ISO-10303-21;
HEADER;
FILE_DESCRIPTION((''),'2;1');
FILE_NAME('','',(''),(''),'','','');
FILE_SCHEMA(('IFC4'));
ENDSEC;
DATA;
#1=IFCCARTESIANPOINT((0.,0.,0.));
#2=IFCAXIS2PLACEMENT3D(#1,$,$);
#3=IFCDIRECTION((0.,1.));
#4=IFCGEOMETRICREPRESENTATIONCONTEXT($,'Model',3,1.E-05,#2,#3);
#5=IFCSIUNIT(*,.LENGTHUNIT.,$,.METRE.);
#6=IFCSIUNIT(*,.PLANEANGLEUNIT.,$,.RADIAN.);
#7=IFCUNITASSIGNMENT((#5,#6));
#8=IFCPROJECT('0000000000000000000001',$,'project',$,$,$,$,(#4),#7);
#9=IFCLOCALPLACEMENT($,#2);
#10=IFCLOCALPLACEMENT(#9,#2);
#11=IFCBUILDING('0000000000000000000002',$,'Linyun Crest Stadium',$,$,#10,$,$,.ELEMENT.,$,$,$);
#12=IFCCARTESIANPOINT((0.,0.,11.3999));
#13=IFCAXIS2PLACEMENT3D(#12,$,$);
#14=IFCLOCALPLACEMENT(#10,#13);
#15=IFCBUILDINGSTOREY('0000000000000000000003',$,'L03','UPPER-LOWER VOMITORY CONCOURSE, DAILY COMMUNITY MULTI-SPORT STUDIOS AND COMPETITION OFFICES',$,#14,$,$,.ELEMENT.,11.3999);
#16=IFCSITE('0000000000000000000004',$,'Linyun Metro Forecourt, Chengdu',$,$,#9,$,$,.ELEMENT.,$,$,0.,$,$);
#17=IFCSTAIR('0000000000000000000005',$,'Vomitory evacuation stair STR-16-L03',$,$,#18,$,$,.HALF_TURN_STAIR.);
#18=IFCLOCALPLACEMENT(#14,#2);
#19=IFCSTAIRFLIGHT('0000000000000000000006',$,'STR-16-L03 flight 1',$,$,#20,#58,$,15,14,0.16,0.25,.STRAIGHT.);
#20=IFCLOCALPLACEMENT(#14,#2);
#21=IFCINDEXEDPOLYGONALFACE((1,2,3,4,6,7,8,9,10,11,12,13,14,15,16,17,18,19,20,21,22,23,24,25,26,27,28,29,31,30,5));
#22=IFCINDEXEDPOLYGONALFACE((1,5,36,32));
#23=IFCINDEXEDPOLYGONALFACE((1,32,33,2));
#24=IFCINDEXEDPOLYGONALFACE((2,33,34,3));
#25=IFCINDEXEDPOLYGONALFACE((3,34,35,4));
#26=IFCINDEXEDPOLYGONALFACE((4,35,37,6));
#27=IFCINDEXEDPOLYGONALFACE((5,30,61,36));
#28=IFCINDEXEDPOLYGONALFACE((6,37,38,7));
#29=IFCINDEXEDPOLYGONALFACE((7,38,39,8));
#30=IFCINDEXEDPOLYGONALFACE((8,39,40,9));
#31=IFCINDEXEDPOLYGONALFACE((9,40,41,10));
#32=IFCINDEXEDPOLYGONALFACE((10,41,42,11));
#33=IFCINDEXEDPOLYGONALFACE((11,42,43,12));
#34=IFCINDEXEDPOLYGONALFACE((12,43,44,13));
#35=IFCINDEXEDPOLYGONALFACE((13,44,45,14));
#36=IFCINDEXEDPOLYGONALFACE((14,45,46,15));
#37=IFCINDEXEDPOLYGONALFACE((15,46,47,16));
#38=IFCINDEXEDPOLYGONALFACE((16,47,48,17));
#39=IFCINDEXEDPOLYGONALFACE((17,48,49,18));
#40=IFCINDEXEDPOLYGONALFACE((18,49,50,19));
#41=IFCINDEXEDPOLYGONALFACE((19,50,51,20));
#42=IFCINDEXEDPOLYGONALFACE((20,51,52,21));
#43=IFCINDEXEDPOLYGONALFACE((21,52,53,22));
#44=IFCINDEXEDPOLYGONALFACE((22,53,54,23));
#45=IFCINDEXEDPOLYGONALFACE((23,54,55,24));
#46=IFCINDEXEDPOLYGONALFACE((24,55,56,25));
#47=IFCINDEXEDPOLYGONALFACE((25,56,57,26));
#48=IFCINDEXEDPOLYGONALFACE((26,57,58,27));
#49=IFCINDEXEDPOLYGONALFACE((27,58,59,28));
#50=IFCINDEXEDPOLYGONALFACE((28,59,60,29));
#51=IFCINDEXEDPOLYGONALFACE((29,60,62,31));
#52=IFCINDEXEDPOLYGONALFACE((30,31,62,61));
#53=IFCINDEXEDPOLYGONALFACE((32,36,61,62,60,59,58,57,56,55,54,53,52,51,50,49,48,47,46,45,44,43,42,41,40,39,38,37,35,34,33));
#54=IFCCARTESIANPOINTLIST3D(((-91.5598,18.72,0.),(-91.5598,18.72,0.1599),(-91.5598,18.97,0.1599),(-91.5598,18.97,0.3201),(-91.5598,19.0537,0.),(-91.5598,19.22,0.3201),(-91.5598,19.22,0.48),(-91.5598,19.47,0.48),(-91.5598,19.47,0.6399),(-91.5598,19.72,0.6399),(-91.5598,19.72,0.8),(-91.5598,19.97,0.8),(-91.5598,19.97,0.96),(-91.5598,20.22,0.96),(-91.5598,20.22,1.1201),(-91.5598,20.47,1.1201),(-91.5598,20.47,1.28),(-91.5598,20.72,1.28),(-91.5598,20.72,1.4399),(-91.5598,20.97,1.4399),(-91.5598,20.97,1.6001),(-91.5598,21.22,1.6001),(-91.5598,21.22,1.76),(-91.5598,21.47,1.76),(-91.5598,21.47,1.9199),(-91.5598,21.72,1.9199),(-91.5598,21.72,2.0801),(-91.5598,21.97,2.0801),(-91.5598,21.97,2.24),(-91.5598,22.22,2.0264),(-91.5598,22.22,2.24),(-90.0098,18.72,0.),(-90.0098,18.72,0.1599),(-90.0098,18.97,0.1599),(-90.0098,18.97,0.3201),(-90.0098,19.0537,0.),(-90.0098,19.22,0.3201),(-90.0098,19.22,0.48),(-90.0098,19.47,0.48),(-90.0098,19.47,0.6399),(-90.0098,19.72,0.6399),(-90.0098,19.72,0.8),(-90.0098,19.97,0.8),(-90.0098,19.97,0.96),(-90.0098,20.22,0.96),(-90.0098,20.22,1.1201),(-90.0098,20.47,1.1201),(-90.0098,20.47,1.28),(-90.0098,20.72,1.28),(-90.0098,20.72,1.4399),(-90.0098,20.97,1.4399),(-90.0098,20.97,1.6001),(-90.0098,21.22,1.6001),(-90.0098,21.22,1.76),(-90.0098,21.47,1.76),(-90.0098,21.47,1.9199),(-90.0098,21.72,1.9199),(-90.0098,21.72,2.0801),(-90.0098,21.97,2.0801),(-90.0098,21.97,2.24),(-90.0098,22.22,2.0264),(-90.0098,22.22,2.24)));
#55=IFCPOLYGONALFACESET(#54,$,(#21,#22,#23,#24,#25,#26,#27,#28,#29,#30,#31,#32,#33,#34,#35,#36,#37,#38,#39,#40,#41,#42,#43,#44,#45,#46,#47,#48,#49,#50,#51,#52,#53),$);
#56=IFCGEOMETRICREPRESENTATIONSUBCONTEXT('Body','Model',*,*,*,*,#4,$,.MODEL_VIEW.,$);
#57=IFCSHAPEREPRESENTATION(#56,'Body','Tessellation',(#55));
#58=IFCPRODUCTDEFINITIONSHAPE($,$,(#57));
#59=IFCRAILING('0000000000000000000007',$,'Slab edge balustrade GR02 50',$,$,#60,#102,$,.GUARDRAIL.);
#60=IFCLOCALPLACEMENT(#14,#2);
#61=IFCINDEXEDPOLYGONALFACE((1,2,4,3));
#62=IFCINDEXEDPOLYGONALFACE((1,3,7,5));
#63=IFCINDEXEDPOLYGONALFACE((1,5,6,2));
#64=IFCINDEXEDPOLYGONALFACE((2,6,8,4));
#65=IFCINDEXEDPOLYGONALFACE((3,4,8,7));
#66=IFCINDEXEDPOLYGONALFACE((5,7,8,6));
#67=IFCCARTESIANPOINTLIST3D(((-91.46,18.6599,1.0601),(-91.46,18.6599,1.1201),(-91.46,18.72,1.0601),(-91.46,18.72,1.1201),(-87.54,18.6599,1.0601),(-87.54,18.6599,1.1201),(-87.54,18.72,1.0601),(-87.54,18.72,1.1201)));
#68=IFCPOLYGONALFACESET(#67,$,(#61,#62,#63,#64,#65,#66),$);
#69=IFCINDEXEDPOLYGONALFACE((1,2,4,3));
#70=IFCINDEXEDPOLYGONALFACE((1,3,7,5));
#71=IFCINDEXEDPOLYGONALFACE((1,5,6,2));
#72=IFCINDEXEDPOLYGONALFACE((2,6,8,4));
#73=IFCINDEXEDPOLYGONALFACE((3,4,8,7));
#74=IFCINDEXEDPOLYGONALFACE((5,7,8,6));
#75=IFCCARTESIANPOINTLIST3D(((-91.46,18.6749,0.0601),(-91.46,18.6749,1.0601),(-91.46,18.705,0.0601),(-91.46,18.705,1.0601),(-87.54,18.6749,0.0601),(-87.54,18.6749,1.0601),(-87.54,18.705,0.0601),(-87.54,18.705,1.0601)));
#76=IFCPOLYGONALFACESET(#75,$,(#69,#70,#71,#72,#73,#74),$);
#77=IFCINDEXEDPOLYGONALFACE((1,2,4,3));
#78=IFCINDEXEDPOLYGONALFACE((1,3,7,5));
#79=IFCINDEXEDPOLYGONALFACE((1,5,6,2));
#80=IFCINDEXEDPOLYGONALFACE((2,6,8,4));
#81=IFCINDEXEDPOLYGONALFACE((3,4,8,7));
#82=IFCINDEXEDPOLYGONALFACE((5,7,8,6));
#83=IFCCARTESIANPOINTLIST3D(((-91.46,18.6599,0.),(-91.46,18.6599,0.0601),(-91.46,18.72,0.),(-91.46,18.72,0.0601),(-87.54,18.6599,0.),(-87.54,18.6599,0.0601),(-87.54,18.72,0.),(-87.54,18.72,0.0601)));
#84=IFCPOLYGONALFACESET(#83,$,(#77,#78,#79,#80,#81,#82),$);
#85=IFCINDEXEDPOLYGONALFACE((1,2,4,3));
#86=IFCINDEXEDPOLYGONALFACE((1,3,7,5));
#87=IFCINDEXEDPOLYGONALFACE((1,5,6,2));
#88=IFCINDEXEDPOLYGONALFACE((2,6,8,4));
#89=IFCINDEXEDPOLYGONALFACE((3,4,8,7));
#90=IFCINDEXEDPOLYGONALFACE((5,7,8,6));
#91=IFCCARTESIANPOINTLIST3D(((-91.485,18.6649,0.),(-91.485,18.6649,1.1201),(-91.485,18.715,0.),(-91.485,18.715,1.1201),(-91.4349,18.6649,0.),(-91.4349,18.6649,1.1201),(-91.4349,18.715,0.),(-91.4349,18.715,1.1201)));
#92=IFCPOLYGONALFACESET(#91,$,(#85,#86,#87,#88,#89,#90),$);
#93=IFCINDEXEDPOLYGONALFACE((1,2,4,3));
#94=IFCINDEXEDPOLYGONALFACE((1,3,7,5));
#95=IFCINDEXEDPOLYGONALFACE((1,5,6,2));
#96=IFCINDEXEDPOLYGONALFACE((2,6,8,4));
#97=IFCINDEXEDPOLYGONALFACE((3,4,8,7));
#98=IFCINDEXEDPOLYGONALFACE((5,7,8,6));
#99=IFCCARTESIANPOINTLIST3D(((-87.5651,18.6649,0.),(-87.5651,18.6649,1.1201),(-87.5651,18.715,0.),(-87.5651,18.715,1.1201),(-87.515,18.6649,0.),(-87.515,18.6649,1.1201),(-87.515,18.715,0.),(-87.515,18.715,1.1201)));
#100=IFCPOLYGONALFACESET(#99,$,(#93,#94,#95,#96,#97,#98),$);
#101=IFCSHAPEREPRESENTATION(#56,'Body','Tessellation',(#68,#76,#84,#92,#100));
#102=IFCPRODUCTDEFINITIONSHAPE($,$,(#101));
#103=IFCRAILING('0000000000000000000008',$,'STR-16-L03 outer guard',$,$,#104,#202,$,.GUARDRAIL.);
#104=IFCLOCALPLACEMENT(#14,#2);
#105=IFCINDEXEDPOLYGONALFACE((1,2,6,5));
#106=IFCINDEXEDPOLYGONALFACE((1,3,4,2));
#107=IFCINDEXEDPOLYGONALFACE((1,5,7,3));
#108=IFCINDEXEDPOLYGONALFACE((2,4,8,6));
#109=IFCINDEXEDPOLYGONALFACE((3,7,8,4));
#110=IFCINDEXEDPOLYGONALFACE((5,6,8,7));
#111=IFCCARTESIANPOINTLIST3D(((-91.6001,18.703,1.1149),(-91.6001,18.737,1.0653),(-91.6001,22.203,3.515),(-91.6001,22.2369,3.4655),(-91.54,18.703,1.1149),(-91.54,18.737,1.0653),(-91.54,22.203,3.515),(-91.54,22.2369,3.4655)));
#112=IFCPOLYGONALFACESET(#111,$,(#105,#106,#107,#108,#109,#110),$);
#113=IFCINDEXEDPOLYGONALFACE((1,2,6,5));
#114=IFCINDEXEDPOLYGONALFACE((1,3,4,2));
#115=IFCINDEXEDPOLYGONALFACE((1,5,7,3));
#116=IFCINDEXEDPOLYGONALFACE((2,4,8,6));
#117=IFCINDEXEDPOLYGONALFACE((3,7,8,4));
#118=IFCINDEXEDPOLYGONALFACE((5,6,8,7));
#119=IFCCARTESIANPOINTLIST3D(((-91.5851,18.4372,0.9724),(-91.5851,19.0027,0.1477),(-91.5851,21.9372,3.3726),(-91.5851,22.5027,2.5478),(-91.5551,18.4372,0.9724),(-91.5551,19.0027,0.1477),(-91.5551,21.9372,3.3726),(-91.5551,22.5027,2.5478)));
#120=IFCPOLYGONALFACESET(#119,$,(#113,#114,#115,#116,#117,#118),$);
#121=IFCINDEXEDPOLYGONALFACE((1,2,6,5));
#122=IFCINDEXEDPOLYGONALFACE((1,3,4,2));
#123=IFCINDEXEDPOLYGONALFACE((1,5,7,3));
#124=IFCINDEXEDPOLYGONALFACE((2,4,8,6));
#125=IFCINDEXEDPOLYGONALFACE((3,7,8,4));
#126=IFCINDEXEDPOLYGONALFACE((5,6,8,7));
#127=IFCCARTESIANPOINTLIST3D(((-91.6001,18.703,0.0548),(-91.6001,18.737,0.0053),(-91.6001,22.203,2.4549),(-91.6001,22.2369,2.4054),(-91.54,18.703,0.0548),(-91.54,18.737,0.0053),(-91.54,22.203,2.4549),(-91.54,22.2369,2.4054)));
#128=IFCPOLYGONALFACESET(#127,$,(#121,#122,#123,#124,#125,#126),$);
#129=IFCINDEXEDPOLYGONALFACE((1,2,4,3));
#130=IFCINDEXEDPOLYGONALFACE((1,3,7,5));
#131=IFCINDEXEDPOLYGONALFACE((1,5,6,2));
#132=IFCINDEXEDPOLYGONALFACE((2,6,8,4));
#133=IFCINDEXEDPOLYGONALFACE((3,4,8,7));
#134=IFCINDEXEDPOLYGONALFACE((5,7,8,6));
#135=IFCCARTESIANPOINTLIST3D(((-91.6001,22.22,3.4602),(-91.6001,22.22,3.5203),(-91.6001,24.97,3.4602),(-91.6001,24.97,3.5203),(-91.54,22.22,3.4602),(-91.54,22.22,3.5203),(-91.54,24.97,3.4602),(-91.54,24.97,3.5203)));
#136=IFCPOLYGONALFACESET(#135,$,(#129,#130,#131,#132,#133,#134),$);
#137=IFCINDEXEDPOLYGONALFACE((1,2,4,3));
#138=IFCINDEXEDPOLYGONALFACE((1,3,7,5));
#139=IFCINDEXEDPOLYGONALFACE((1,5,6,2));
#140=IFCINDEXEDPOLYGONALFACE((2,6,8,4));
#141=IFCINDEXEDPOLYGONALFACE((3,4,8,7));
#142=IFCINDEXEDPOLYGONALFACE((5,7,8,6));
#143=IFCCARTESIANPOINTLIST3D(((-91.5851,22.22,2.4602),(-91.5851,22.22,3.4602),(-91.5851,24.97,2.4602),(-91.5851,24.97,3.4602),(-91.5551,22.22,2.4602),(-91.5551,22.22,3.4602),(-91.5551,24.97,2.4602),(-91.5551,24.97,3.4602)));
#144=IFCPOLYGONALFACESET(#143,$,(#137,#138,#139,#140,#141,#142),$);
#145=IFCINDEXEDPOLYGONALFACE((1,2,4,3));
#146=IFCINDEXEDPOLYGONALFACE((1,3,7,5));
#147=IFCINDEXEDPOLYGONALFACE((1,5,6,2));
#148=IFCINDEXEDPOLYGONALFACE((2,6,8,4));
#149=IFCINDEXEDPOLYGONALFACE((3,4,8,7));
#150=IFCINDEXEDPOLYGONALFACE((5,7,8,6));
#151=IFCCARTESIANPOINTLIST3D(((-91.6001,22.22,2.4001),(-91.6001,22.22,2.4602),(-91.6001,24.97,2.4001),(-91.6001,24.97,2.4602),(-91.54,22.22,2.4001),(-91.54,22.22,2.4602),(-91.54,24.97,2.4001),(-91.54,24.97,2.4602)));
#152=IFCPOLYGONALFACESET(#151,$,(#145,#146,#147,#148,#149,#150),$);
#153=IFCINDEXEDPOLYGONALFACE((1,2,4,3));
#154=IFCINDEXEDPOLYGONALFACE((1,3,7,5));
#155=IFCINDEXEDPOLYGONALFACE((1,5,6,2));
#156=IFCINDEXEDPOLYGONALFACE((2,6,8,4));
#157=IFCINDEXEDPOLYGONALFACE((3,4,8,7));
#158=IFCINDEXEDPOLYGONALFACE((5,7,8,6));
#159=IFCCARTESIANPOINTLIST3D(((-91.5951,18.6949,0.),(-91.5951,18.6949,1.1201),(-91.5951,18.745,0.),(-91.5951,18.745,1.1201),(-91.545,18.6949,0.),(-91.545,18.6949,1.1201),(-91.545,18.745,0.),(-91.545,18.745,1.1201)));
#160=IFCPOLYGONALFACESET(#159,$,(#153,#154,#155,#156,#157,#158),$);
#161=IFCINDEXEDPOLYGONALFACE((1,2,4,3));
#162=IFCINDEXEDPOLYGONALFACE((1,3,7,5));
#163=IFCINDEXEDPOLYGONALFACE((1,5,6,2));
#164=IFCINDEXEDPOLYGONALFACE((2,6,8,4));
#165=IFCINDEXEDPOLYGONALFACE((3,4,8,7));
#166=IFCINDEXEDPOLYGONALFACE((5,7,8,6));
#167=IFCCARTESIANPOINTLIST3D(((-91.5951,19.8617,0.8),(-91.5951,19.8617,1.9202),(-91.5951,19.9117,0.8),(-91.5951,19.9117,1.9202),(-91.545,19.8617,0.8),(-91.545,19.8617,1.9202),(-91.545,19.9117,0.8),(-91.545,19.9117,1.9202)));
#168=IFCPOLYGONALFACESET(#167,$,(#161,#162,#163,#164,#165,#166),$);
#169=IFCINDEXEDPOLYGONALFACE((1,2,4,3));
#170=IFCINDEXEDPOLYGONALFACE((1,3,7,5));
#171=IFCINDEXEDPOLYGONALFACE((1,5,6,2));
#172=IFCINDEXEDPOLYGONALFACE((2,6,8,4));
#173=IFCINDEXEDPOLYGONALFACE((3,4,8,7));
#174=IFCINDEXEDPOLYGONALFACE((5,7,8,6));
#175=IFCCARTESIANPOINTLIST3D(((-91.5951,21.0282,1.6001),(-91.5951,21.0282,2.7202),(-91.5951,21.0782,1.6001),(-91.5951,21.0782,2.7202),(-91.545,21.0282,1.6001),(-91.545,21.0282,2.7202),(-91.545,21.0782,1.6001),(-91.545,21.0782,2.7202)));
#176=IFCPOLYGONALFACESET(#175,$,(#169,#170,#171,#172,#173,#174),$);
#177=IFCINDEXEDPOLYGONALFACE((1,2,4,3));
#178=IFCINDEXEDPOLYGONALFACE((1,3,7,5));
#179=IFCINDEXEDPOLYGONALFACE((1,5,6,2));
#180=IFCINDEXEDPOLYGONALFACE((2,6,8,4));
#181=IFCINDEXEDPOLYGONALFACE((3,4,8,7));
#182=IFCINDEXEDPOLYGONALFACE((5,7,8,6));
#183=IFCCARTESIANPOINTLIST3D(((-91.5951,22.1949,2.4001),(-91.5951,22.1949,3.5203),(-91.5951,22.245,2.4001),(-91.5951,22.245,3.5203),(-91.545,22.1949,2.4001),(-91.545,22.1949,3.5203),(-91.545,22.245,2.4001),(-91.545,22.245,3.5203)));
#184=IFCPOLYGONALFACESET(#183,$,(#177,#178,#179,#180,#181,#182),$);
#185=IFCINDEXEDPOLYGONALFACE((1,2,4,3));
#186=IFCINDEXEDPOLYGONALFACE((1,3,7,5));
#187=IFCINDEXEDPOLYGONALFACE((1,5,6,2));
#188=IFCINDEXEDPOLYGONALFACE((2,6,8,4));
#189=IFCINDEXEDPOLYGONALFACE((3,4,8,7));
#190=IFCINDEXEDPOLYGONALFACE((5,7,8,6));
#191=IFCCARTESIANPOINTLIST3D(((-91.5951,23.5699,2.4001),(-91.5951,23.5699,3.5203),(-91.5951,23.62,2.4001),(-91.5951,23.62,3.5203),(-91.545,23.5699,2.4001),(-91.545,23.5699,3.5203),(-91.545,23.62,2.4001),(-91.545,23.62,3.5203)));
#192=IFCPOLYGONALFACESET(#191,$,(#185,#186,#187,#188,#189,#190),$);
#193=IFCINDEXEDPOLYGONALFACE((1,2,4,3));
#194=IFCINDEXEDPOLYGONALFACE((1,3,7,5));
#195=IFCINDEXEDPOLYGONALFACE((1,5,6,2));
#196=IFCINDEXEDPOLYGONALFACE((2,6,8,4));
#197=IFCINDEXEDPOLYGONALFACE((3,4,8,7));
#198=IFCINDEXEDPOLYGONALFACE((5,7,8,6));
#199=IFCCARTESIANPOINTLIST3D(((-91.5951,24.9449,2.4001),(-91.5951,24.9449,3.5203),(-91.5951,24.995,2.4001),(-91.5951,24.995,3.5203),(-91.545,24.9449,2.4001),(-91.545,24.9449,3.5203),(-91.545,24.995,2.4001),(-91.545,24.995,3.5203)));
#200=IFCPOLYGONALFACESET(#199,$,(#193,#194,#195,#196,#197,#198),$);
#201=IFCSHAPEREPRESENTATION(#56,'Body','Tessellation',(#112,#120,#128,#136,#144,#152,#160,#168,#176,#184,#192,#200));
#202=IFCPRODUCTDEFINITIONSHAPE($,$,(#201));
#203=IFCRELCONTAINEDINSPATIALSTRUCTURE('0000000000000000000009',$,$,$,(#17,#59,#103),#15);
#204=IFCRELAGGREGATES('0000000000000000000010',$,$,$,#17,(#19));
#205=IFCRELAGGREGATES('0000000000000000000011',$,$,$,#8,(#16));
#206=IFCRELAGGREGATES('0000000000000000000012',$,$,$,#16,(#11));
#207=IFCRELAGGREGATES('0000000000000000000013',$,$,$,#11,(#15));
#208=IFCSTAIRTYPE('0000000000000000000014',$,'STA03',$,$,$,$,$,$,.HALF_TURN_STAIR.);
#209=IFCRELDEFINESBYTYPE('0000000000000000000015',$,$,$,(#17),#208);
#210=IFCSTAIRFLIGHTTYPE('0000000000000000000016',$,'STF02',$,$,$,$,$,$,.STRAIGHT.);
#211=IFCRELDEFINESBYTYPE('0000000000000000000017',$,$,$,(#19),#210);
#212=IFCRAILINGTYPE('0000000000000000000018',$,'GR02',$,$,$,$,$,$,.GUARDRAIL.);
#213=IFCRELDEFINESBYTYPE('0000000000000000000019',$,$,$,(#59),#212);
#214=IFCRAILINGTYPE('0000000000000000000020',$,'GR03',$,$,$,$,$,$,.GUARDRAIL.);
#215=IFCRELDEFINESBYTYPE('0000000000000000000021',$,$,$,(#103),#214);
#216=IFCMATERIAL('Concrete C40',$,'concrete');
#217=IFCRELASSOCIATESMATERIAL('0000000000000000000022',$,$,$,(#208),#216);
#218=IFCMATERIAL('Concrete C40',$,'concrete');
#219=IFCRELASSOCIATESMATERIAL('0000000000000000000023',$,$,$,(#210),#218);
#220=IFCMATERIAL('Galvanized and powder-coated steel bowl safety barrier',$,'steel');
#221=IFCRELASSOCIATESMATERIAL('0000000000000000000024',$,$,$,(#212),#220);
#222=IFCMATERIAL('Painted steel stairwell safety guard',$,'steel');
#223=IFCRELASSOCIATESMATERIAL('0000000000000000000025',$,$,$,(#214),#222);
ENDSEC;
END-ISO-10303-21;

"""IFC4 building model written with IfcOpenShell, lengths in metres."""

from ifc_helpers import new_model, si_unit, direction, frame, origin, origin_2d, place, context, subcontext, project, spatial, polyline, rectangle, outline, extrude, material, type_object, element, aggregate, save


model = new_model("IFC4")

# Units and contexts
model_context = context("Model", 3, precision=1e-05, world=origin(), true_north=direction((0.0, 1.0)))
body_context = subcontext(model_context, "Body", "Model", "MODEL_VIEW")
ifc_project = project(units=[si_unit("LENGTHUNIT", "METRE"), si_unit("PLANEANGLEUNIT", "RADIAN")], contexts=[model_context])

# Site, building, storey
site_placement = place(None, origin())
site = spatial("IfcSite", under=ifc_project, at=site_placement, Name="Linyun Metro Forecourt, Chengdu", CompositionType="ELEMENT", RefElevation=0.0)
building_placement = place(site_placement, origin())
building = spatial("IfcBuilding", under=site, at=building_placement, Name="Linyun Crest Stadium", CompositionType="ELEMENT")
storey_placement = place(building_placement, frame((0.0, 0.0, 11.3999)))
storey = spatial("IfcBuildingStorey", under=building, at=storey_placement, Name="L03", Description="UPPER-LOWER VOMITORY CONCOURSE, DAILY COMMUNITY MULTI-SPORT STUDIOS AND COMPETITION OFFICES", CompositionType="ELEMENT", Elevation=11.3999)

# Stair, stair flight
ifc_material_1 = material(Name="Concrete C40", Category="concrete")
stair_type = type_object("IfcStairType", Name="STA03", PredefinedType="HALF_TURN_STAIR", material=ifc_material_1)
stair_placement = place(storey_placement, origin())
stair = element("IfcStair", 1, at=stair_placement, inside=storey, type_object=stair_type, Name="Vomitory evacuation stair STR-16-L03", PredefinedType="HALF_TURN_STAIR")
ifc_material_2 = material(Name="Concrete C40", Category="concrete")
stair_flight_type = type_object("IfcStairFlightType", Name="STF02", PredefinedType="STRAIGHT", material=ifc_material_2)
stair_flight_placement = place(storey_placement, frame((-90.7849, 18.72, 0.0), z_axis=(0.0, 0.0, 1.0), x_axis=(0.0, 1.0, 0.0)))
stair_flight = element("IfcStairFlight", 2, at=stair_flight_placement, type_object=stair_flight_type, Name="STR-16-L03 flight 1", NumberOfRisers=15, NumberOfTreads=14, PredefinedType="STRAIGHT", RiserHeight=0.16, TreadLength=0.25, context=body_context, shape_type="SweptSolid", body=[
    extrude(outline(polyline([(0.0, 0.0), (0.0, 0.1599), (0.25, 0.1599), (0.25, 0.3201), (0.5, 0.3201), (0.5, 0.48), (0.75, 0.48), (0.75, 0.6399), (1.0, 0.6399), (1.0, 0.8), (1.25, 0.8), (1.25, 0.96), (1.5, 0.96), (1.5, 1.1201), (1.75, 1.1201), (1.75, 1.28), (2.0, 1.28), (2.0, 1.4399), (2.25, 1.4399), (2.25, 1.6001), (2.5, 1.6001), (2.5, 1.76), (2.75, 1.76), (2.75, 1.9199), (3.0, 1.9199), (3.0, 2.0801), (3.25, 2.0801), (3.25, 2.24), (3.5, 2.24), (3.5, 2.3999), (3.5, 2.0264), (0.3337, 0.0), (0.0, 0.0)])), frame((0.0, 0.7749, 0.0), z_axis=(0.0, -1.0, 0.0), x_axis=(1.0, 0.0, 0.0)), (0.0, 0.0, 1.0), 1.55),
])
aggregate(stair, [stair_flight])

# Railings
ifc_material_3 = material(Name="Galvanized and powder-coated steel bowl safety barrier", Category="steel")
railing_type_1 = type_object("IfcRailingType", Name="GR02", PredefinedType="GUARDRAIL", material=ifc_material_3)
railing_1_placement = place(storey_placement, frame((-91.46, 18.6899, 0.0)))
element("IfcRailing", 3, at=railing_1_placement, inside=storey, type_object=railing_type_1, Name="Slab edge balustrade GR02 50", PredefinedType="GUARDRAIL", context=body_context, shape_type="SweptSolid", body=[
    extrude(rectangle(XDim=0.0601, YDim=0.0601, at=origin_2d()), frame((0.0, 0.0, 1.0901), z_axis=(1.0, 0.0, 0.0), x_axis=(0.0, 1.0, 0.0)), (0.0, 0.0, 1.0), 3.9199),
    extrude(rectangle(XDim=0.03, YDim=1.0, at=origin_2d()), frame((0.0, 0.0, 0.5601), z_axis=(1.0, 0.0, 0.0), x_axis=(0.0, 1.0, 0.0)), (0.0, 0.0, 1.0), 3.9199),
    extrude(rectangle(XDim=0.0601, YDim=0.0601, at=origin_2d()), frame((0.0, 0.0, 0.03), z_axis=(1.0, 0.0, 0.0), x_axis=(0.0, 1.0, 0.0)), (0.0, 0.0, 1.0), 3.9199),
    extrude(rectangle(XDim=0.05, YDim=0.05, at=origin_2d()), origin(), (0.0, 0.0, 1.0), 1.1201),
    extrude(rectangle(XDim=0.05, YDim=0.05, at=origin_2d()), frame((3.9199, 0.0, 0.0)), (0.0, 0.0, 1.0), 1.1201),
])
ifc_material_4 = material(Name="Painted steel stairwell safety guard", Category="steel")
railing_type_2 = type_object("IfcRailingType", Name="GR03", PredefinedType="GUARDRAIL", material=ifc_material_4)
railing_2_placement = place(storey_placement, frame((-91.5701, 18.72, 0.0)))
element("IfcRailing", 4, at=railing_2_placement, inside=storey, type_object=railing_type_2, Name="STR-16-L03 outer guard", PredefinedType="GUARDRAIL", context=body_context, shape_type="SweptSolid", body=[
    extrude(rectangle(XDim=0.0601, YDim=0.0601, at=origin_2d()), frame((0.0, 0.0, 1.0901), z_axis=(0.0, 0.824713, 0.565552), x_axis=(-1.0, 0.0, 0.0)), (0.0, 0.0, 1.0), 4.2439),
    extrude(rectangle(XDim=0.03, YDim=1.0, at=origin_2d()), frame((0.0, 0.0, 0.5601), z_axis=(0.0, 0.824713, 0.565552), x_axis=(-1.0, 0.0, 0.0)), (0.0, 0.0, 1.0), 4.2439),
    extrude(rectangle(XDim=0.0601, YDim=0.0601, at=origin_2d()), frame((0.0, 0.0, 0.03), z_axis=(0.0, 0.824713, 0.565552), x_axis=(-1.0, 0.0, 0.0)), (0.0, 0.0, 1.0), 4.2439),
    extrude(rectangle(XDim=0.0601, YDim=0.0601, at=origin_2d()), frame((0.0, 3.5, 3.4902), z_axis=(0.0, 1.0, 0.0), x_axis=(-1.0, 0.0, 0.0)), (0.0, 0.0, 1.0), 2.75),
    extrude(rectangle(XDim=0.03, YDim=1.0, at=origin_2d()), frame((0.0, 3.5, 2.9602), z_axis=(0.0, 1.0, 0.0), x_axis=(-1.0, 0.0, 0.0)), (0.0, 0.0, 1.0), 2.75),
    extrude(rectangle(XDim=0.0601, YDim=0.0601, at=origin_2d()), frame((0.0, 3.5, 2.4302), z_axis=(0.0, 1.0, 0.0), x_axis=(-1.0, 0.0, 0.0)), (0.0, 0.0, 1.0), 2.75),
    extrude(rectangle(XDim=0.05, YDim=0.05, at=origin_2d()), origin(), (0.0, 0.0, 1.0), 1.1201),
    extrude(rectangle(XDim=0.05, YDim=0.05, at=origin_2d()), frame((0.0, 1.1667, 0.8)), (0.0, 0.0, 1.0), 1.1201),
    extrude(rectangle(XDim=0.05, YDim=0.05, at=origin_2d()), frame((0.0, 2.3333, 1.6001)), (0.0, 0.0, 1.0), 1.1201),
    extrude(rectangle(XDim=0.05, YDim=0.05, at=origin_2d()), frame((0.0, 3.5, 2.4001)), (0.0, 0.0, 1.0), 1.1201),
    extrude(rectangle(XDim=0.05, YDim=0.05, at=origin_2d()), frame((0.0, 4.875, 2.4001)), (0.0, 0.0, 1.0), 1.1201),
    extrude(rectangle(XDim=0.05, YDim=0.05, at=origin_2d()), frame((0.0, 6.25, 2.4001)), (0.0, 0.0, 1.0), 1.1201),
])

save(model, "model.ifc")
